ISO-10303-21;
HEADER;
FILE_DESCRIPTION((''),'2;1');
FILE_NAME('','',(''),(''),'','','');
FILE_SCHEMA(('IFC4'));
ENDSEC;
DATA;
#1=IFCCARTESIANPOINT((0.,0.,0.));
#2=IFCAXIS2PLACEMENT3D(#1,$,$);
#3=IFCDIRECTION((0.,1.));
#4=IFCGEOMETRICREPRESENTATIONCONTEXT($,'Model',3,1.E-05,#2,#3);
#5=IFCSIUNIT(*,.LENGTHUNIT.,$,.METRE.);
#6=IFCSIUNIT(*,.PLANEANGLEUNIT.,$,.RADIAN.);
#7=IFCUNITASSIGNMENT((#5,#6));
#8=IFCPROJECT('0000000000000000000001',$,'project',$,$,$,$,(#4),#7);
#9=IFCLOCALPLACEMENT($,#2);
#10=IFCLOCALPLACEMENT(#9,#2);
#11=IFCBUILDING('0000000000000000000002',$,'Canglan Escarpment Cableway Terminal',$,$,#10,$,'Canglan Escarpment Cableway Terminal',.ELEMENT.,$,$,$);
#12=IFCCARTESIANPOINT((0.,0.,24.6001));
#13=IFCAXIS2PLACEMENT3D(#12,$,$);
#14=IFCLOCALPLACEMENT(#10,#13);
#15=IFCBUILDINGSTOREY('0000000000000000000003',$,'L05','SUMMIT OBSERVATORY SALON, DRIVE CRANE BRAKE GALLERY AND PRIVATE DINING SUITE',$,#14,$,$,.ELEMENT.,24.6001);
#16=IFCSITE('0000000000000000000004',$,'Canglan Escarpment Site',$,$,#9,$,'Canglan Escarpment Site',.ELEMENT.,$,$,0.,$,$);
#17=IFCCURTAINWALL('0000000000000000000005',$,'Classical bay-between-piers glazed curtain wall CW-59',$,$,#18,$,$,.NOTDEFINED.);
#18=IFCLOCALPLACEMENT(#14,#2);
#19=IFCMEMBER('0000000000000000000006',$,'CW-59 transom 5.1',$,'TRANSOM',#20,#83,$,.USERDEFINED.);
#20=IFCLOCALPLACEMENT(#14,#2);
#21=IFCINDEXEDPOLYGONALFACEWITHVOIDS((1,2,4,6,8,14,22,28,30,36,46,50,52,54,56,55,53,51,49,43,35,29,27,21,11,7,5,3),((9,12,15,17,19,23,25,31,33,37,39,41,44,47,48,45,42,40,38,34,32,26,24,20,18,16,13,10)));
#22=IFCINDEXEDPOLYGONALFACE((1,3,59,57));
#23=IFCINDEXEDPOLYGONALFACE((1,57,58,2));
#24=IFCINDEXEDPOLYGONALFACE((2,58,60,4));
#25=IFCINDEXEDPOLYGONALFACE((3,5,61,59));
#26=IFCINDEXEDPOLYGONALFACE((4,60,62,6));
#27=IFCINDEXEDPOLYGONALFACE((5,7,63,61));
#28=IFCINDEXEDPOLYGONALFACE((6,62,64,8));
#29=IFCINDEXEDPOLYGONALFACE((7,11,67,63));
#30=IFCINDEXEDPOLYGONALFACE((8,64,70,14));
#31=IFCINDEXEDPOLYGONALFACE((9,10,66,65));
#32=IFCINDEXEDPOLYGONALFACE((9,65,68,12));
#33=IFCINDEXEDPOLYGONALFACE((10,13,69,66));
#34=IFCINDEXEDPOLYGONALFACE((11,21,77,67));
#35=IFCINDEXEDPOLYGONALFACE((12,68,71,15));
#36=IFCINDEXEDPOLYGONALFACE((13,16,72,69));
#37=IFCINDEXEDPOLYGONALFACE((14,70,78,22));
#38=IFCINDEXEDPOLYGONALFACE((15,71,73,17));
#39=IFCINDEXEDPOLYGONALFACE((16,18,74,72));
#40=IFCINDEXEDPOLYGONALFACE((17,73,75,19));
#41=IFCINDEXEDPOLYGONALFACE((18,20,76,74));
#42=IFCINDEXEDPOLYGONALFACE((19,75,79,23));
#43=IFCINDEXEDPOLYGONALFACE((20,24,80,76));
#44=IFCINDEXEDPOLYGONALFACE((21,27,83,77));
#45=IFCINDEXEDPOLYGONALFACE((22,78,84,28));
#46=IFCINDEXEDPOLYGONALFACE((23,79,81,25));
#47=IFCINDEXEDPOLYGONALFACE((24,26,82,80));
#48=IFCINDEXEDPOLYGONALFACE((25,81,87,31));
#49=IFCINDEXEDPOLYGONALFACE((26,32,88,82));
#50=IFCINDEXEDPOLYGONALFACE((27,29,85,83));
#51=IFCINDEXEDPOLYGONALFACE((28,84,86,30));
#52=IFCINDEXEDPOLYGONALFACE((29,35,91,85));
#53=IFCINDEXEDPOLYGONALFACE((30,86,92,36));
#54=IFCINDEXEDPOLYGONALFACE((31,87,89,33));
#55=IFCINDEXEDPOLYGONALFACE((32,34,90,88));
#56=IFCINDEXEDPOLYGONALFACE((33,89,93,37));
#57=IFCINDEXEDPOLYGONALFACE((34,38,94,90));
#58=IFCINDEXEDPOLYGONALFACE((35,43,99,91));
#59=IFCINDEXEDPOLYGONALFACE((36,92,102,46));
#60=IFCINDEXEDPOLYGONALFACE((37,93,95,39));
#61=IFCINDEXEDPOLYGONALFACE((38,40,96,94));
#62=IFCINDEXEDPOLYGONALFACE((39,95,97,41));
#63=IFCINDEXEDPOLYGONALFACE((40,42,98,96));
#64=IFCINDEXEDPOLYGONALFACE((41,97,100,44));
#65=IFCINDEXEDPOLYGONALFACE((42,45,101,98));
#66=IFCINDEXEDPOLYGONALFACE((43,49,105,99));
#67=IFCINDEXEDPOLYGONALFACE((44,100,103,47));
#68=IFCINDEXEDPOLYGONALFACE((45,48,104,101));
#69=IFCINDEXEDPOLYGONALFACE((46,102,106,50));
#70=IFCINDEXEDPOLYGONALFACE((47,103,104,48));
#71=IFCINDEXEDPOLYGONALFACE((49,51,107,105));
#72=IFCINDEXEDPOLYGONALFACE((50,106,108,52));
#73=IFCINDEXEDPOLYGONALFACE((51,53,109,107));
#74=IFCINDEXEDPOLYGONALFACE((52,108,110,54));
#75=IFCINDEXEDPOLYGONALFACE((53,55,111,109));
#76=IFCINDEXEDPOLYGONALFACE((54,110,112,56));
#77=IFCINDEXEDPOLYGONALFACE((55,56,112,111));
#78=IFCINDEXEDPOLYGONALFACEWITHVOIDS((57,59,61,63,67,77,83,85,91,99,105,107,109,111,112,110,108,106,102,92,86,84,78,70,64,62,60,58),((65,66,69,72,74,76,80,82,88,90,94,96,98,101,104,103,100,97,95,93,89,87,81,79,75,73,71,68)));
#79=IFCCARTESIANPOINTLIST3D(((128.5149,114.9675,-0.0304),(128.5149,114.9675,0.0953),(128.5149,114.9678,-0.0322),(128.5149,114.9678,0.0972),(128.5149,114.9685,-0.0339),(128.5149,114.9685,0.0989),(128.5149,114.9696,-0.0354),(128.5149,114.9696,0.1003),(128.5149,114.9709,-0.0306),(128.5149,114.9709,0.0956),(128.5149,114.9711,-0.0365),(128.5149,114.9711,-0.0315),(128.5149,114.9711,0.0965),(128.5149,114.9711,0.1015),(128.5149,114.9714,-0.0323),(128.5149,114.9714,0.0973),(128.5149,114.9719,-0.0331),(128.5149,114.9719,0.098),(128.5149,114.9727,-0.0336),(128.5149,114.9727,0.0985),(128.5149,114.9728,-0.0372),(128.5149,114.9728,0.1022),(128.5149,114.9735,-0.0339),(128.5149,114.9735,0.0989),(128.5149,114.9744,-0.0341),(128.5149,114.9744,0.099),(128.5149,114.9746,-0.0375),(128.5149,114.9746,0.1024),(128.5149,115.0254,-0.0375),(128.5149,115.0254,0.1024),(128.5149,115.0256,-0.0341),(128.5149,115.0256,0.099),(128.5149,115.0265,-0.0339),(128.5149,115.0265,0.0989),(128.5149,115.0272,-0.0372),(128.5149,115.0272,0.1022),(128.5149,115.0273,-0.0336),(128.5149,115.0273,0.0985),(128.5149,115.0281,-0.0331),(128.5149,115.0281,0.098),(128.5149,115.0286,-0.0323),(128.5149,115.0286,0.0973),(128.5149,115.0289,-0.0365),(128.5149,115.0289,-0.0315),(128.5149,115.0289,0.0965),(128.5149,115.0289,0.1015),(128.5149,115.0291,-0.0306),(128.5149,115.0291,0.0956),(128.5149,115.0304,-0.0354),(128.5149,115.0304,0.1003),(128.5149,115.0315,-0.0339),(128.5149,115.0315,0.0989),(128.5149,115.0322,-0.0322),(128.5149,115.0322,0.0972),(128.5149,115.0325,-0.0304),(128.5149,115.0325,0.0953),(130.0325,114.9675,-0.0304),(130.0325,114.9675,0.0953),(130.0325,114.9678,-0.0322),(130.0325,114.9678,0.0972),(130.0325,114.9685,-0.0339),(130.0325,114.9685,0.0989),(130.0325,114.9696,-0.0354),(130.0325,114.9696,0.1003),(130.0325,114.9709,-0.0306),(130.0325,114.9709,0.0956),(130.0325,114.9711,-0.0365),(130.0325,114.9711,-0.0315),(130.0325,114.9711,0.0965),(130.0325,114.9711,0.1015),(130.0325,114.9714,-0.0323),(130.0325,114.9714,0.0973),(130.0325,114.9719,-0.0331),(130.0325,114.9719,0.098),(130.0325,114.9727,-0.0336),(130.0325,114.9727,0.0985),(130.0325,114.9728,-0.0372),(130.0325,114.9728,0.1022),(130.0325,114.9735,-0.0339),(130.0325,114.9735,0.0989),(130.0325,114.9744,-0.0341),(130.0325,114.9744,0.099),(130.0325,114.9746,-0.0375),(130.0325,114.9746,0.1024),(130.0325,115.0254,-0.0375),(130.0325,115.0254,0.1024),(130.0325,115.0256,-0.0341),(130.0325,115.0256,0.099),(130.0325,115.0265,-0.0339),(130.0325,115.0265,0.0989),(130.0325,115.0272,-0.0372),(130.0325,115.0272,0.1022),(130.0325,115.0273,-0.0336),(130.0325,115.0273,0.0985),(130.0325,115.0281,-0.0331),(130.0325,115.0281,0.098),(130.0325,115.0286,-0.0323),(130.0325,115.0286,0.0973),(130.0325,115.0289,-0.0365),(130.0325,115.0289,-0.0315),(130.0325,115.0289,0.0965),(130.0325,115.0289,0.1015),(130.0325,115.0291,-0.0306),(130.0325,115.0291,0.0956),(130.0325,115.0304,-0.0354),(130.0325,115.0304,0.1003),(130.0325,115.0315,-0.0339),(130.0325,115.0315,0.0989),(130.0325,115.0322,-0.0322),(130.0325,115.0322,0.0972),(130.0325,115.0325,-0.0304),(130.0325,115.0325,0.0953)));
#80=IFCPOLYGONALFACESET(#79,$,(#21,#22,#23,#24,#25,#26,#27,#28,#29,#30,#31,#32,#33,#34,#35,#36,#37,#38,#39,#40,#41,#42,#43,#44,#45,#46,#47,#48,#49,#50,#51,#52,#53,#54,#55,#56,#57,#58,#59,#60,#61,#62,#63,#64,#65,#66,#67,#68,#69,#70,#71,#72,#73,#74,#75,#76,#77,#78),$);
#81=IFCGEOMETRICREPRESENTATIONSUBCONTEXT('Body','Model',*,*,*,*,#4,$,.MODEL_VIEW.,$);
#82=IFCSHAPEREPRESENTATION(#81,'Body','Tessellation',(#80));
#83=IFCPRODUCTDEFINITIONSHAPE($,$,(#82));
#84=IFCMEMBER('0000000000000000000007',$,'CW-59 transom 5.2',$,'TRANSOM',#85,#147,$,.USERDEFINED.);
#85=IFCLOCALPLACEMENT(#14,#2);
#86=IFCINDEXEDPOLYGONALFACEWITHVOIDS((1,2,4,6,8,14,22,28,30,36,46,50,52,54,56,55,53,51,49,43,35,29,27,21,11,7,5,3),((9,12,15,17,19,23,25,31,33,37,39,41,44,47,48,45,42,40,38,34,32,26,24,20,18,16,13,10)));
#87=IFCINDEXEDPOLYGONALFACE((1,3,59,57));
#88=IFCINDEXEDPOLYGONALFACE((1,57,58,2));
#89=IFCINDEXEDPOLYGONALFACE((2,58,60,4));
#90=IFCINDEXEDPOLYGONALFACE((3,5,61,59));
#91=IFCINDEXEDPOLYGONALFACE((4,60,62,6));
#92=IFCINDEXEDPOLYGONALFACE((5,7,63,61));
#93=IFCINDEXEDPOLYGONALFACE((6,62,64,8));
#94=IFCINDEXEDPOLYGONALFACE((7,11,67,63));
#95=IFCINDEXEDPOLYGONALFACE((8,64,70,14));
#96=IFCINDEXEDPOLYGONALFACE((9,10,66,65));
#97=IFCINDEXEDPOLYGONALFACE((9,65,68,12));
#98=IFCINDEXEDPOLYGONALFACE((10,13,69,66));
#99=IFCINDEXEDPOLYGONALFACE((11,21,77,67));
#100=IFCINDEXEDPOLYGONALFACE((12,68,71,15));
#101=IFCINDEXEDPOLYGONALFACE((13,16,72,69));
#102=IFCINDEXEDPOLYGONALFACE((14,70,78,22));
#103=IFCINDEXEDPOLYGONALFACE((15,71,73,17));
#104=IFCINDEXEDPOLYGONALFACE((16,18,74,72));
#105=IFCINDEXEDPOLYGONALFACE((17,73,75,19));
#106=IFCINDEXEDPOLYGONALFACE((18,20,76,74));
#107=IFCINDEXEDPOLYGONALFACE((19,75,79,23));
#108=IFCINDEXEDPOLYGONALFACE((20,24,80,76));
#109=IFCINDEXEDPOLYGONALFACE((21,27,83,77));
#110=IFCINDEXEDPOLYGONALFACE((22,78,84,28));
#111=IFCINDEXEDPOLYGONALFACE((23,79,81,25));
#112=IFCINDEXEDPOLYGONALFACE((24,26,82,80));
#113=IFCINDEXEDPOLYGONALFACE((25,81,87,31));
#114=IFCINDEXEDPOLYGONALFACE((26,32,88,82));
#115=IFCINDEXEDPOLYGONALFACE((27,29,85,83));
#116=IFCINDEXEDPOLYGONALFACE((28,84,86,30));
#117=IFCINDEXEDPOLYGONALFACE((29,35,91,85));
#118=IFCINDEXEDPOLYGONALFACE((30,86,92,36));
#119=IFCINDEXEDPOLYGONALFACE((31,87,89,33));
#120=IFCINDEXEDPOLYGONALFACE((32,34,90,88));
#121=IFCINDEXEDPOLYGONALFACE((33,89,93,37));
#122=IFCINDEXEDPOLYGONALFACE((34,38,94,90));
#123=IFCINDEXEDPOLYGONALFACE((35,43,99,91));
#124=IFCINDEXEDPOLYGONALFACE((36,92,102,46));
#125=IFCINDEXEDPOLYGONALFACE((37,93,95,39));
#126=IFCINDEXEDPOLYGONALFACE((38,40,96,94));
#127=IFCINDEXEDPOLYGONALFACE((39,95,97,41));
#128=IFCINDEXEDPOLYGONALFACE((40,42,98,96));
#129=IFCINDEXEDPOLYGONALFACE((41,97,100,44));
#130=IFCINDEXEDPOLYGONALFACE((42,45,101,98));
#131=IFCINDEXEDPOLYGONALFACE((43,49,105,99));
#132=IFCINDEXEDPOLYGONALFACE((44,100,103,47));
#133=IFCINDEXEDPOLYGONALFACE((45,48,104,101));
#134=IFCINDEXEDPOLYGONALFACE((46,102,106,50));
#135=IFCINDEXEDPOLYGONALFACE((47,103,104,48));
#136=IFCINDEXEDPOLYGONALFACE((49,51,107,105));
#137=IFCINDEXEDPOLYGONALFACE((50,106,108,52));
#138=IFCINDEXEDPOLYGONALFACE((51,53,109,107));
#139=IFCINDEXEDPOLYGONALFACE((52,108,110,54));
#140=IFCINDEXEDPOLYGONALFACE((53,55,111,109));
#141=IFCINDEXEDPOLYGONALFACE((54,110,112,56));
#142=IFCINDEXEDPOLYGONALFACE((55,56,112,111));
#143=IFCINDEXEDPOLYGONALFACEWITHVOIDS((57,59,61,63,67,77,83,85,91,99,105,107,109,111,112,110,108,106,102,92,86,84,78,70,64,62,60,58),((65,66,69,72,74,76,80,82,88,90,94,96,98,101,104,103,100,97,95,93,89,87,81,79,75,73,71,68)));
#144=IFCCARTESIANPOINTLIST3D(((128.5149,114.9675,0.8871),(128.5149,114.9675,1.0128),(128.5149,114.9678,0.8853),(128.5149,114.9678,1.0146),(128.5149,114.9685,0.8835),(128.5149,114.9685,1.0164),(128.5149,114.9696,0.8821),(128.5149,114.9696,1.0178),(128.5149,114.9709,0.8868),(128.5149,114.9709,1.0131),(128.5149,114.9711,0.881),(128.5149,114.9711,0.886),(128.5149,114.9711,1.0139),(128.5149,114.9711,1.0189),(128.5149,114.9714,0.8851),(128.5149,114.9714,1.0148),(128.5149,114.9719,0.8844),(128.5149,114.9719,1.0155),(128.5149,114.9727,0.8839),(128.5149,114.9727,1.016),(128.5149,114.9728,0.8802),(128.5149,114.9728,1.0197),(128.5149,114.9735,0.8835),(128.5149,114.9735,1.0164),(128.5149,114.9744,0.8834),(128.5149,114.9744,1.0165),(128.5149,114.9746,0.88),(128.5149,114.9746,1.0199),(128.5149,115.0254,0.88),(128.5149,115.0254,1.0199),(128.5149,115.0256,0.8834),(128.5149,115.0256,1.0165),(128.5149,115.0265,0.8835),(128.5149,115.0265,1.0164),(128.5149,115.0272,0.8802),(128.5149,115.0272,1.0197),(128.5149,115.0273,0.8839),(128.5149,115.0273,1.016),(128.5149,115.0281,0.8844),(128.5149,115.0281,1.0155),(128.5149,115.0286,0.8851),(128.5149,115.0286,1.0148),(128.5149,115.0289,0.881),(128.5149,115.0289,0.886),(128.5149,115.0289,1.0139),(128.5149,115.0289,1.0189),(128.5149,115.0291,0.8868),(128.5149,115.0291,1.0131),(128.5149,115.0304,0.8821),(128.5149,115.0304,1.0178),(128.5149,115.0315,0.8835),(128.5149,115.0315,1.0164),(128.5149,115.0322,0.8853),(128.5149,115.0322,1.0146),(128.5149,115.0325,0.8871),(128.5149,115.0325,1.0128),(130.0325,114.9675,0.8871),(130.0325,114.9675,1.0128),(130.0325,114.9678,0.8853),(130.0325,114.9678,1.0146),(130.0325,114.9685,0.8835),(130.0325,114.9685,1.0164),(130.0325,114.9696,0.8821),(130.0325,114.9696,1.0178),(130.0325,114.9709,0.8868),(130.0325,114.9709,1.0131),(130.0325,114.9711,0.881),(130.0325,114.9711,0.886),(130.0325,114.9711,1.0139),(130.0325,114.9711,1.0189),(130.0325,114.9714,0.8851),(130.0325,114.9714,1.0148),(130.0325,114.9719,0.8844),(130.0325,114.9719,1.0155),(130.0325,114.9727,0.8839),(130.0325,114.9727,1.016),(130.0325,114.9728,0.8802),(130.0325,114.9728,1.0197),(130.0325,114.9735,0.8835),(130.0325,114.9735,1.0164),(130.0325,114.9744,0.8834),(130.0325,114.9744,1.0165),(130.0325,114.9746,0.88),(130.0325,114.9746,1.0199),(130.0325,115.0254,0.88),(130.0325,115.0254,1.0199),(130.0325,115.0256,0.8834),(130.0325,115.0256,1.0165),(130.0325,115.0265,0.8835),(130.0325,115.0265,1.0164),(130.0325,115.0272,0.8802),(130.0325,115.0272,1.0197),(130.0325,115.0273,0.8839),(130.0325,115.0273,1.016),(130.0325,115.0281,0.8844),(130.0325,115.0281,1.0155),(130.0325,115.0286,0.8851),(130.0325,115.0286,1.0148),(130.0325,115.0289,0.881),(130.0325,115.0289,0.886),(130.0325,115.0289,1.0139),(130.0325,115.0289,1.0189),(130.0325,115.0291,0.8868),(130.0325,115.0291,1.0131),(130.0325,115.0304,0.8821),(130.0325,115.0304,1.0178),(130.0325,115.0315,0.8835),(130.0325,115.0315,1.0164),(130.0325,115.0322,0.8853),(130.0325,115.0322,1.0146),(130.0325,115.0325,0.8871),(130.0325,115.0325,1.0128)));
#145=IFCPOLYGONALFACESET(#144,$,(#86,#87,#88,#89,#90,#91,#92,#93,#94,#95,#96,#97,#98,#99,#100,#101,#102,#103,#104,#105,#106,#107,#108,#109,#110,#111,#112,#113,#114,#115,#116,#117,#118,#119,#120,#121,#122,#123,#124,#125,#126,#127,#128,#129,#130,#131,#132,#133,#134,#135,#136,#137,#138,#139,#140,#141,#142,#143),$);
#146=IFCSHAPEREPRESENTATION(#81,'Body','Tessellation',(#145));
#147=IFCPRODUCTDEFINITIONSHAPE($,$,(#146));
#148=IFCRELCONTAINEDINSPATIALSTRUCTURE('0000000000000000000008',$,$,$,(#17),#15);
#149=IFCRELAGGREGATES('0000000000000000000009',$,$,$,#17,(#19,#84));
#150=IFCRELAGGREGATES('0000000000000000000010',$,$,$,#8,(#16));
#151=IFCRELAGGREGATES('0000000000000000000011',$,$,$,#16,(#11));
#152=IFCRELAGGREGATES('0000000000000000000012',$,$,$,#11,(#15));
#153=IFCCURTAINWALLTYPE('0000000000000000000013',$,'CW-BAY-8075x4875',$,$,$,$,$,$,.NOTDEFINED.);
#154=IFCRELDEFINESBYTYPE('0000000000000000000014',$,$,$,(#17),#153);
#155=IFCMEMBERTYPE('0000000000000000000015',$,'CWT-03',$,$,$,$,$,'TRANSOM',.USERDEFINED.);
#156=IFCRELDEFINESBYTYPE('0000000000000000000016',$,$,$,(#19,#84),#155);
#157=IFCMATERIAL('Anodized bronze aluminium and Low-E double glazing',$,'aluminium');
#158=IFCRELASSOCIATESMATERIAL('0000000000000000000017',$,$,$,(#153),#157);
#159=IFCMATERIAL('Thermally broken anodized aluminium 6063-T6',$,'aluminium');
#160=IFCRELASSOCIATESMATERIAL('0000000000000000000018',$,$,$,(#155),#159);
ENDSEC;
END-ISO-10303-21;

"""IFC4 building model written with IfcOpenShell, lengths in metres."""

from ifc_helpers import new_model, si_unit, direction, frame, origin, origin_2d, place, context, subcontext, project, spatial, hollow_rectangle, extrude, material, material_profile, profile_set, type_object, element, aggregate, save


model = new_model("IFC4")

# Units and contexts
model_context = context("Model", 3, precision=1e-05, world=origin(), true_north=direction((0.0, 1.0)))
body_context = subcontext(model_context, "Body", "Model", "MODEL_VIEW")
ifc_project = project(units=[si_unit("LENGTHUNIT", "METRE"), si_unit("PLANEANGLEUNIT", "RADIAN")], contexts=[model_context])

# Site, building, storey
site_placement = place(None, origin())
site = spatial("IfcSite", under=ifc_project, at=site_placement, Name="Canglan Escarpment Site", LongName="Canglan Escarpment Site", CompositionType="ELEMENT", RefElevation=0.0)
building_placement = place(site_placement, origin())
building = spatial("IfcBuilding", under=site, at=building_placement, Name="Canglan Escarpment Cableway Terminal", LongName="Canglan Escarpment Cableway Terminal", CompositionType="ELEMENT")
storey_placement = place(building_placement, frame((0.0, 0.0, 24.6001)))
storey = spatial("IfcBuildingStorey", under=building, at=storey_placement, Name="L05", Description="SUMMIT OBSERVATORY SALON, DRIVE CRANE BRAKE GALLERY AND PRIVATE DINING SUITE", CompositionType="ELEMENT", Elevation=24.6001)

# Curtain wall
ifc_material_1 = material(Name="Anodized bronze aluminium and Low-E double glazing", Category="aluminium")
curtain_wall_type = type_object("IfcCurtainWallType", Name="CW-BAY-8075x4875", PredefinedType="NOTDEFINED", material=ifc_material_1)
ifc_material_2 = material(Name="Thermally broken anodized aluminium 6063-T6", Category="aluminium")
curtain_wall_1_placement = place(storey_placement, origin())
curtain_wall_1 = element("IfcCurtainWall", 1, at=curtain_wall_1_placement, inside=storey, type_object=curtain_wall_type, Name="Classical bay-between-piers glazed curtain wall CW-59", PredefinedType="NOTDEFINED")

# Members
ifc_material_profile_1 = material_profile(ifc_material_2, hollow_rectangle(XDim=0.0649, YDim=0.1399, WallThickness=0.0034, InnerFilletRadius=0.0034, OuterFilletRadius=0.0071, at=origin_2d()), Name="ALU-TRAN 65x140x3.5")
ifc_profile_set_1 = profile_set([ifc_material_profile_1], Name="Thermally broken anodized aluminium 6063-T6")
member_type_1 = type_object("IfcMemberType", Name="CWT-03", ElementType="TRANSOM", PredefinedType="USERDEFINED", material=ifc_profile_set_1)
member_1_placement = place(storey_placement, frame((130.0325, 115.0, 0.0325), z_axis=(-1.0, 0.0, 0.0), x_axis=(0.0, -1.0, 0.0)))
member_1 = element("IfcMember", 2, at=member_1_placement, type_object=member_type_1, Name="CW-59 transom 5.1", ObjectType="TRANSOM", PredefinedType="USERDEFINED", context=body_context, shape_type="SweptSolid", body=[
    extrude(hollow_rectangle(XDim=0.0649, YDim=0.1399, WallThickness=0.0034, InnerFilletRadius=0.0034, OuterFilletRadius=0.0071, at=origin_2d()), origin(), (0.0, 0.0, 1.0), 1.5176),
])
member_2_placement = place(storey_placement, frame((130.0325, 115.0, 0.95), z_axis=(-1.0, 0.0, 0.0), x_axis=(0.0, -1.0, 0.0)))
member_2 = element("IfcMember", 3, at=member_2_placement, type_object=member_type_1, Name="CW-59 transom 5.2", ObjectType="TRANSOM", PredefinedType="USERDEFINED", context=body_context, shape_type="SweptSolid", body=[
    extrude(hollow_rectangle(XDim=0.0649, YDim=0.1399, WallThickness=0.0034, InnerFilletRadius=0.0034, OuterFilletRadius=0.0071, at=origin_2d()), origin(), (0.0, 0.0, 1.0), 1.5176),
])

aggregate(curtain_wall_1, [member_1, member_2])

save(model, "model.ifc")
